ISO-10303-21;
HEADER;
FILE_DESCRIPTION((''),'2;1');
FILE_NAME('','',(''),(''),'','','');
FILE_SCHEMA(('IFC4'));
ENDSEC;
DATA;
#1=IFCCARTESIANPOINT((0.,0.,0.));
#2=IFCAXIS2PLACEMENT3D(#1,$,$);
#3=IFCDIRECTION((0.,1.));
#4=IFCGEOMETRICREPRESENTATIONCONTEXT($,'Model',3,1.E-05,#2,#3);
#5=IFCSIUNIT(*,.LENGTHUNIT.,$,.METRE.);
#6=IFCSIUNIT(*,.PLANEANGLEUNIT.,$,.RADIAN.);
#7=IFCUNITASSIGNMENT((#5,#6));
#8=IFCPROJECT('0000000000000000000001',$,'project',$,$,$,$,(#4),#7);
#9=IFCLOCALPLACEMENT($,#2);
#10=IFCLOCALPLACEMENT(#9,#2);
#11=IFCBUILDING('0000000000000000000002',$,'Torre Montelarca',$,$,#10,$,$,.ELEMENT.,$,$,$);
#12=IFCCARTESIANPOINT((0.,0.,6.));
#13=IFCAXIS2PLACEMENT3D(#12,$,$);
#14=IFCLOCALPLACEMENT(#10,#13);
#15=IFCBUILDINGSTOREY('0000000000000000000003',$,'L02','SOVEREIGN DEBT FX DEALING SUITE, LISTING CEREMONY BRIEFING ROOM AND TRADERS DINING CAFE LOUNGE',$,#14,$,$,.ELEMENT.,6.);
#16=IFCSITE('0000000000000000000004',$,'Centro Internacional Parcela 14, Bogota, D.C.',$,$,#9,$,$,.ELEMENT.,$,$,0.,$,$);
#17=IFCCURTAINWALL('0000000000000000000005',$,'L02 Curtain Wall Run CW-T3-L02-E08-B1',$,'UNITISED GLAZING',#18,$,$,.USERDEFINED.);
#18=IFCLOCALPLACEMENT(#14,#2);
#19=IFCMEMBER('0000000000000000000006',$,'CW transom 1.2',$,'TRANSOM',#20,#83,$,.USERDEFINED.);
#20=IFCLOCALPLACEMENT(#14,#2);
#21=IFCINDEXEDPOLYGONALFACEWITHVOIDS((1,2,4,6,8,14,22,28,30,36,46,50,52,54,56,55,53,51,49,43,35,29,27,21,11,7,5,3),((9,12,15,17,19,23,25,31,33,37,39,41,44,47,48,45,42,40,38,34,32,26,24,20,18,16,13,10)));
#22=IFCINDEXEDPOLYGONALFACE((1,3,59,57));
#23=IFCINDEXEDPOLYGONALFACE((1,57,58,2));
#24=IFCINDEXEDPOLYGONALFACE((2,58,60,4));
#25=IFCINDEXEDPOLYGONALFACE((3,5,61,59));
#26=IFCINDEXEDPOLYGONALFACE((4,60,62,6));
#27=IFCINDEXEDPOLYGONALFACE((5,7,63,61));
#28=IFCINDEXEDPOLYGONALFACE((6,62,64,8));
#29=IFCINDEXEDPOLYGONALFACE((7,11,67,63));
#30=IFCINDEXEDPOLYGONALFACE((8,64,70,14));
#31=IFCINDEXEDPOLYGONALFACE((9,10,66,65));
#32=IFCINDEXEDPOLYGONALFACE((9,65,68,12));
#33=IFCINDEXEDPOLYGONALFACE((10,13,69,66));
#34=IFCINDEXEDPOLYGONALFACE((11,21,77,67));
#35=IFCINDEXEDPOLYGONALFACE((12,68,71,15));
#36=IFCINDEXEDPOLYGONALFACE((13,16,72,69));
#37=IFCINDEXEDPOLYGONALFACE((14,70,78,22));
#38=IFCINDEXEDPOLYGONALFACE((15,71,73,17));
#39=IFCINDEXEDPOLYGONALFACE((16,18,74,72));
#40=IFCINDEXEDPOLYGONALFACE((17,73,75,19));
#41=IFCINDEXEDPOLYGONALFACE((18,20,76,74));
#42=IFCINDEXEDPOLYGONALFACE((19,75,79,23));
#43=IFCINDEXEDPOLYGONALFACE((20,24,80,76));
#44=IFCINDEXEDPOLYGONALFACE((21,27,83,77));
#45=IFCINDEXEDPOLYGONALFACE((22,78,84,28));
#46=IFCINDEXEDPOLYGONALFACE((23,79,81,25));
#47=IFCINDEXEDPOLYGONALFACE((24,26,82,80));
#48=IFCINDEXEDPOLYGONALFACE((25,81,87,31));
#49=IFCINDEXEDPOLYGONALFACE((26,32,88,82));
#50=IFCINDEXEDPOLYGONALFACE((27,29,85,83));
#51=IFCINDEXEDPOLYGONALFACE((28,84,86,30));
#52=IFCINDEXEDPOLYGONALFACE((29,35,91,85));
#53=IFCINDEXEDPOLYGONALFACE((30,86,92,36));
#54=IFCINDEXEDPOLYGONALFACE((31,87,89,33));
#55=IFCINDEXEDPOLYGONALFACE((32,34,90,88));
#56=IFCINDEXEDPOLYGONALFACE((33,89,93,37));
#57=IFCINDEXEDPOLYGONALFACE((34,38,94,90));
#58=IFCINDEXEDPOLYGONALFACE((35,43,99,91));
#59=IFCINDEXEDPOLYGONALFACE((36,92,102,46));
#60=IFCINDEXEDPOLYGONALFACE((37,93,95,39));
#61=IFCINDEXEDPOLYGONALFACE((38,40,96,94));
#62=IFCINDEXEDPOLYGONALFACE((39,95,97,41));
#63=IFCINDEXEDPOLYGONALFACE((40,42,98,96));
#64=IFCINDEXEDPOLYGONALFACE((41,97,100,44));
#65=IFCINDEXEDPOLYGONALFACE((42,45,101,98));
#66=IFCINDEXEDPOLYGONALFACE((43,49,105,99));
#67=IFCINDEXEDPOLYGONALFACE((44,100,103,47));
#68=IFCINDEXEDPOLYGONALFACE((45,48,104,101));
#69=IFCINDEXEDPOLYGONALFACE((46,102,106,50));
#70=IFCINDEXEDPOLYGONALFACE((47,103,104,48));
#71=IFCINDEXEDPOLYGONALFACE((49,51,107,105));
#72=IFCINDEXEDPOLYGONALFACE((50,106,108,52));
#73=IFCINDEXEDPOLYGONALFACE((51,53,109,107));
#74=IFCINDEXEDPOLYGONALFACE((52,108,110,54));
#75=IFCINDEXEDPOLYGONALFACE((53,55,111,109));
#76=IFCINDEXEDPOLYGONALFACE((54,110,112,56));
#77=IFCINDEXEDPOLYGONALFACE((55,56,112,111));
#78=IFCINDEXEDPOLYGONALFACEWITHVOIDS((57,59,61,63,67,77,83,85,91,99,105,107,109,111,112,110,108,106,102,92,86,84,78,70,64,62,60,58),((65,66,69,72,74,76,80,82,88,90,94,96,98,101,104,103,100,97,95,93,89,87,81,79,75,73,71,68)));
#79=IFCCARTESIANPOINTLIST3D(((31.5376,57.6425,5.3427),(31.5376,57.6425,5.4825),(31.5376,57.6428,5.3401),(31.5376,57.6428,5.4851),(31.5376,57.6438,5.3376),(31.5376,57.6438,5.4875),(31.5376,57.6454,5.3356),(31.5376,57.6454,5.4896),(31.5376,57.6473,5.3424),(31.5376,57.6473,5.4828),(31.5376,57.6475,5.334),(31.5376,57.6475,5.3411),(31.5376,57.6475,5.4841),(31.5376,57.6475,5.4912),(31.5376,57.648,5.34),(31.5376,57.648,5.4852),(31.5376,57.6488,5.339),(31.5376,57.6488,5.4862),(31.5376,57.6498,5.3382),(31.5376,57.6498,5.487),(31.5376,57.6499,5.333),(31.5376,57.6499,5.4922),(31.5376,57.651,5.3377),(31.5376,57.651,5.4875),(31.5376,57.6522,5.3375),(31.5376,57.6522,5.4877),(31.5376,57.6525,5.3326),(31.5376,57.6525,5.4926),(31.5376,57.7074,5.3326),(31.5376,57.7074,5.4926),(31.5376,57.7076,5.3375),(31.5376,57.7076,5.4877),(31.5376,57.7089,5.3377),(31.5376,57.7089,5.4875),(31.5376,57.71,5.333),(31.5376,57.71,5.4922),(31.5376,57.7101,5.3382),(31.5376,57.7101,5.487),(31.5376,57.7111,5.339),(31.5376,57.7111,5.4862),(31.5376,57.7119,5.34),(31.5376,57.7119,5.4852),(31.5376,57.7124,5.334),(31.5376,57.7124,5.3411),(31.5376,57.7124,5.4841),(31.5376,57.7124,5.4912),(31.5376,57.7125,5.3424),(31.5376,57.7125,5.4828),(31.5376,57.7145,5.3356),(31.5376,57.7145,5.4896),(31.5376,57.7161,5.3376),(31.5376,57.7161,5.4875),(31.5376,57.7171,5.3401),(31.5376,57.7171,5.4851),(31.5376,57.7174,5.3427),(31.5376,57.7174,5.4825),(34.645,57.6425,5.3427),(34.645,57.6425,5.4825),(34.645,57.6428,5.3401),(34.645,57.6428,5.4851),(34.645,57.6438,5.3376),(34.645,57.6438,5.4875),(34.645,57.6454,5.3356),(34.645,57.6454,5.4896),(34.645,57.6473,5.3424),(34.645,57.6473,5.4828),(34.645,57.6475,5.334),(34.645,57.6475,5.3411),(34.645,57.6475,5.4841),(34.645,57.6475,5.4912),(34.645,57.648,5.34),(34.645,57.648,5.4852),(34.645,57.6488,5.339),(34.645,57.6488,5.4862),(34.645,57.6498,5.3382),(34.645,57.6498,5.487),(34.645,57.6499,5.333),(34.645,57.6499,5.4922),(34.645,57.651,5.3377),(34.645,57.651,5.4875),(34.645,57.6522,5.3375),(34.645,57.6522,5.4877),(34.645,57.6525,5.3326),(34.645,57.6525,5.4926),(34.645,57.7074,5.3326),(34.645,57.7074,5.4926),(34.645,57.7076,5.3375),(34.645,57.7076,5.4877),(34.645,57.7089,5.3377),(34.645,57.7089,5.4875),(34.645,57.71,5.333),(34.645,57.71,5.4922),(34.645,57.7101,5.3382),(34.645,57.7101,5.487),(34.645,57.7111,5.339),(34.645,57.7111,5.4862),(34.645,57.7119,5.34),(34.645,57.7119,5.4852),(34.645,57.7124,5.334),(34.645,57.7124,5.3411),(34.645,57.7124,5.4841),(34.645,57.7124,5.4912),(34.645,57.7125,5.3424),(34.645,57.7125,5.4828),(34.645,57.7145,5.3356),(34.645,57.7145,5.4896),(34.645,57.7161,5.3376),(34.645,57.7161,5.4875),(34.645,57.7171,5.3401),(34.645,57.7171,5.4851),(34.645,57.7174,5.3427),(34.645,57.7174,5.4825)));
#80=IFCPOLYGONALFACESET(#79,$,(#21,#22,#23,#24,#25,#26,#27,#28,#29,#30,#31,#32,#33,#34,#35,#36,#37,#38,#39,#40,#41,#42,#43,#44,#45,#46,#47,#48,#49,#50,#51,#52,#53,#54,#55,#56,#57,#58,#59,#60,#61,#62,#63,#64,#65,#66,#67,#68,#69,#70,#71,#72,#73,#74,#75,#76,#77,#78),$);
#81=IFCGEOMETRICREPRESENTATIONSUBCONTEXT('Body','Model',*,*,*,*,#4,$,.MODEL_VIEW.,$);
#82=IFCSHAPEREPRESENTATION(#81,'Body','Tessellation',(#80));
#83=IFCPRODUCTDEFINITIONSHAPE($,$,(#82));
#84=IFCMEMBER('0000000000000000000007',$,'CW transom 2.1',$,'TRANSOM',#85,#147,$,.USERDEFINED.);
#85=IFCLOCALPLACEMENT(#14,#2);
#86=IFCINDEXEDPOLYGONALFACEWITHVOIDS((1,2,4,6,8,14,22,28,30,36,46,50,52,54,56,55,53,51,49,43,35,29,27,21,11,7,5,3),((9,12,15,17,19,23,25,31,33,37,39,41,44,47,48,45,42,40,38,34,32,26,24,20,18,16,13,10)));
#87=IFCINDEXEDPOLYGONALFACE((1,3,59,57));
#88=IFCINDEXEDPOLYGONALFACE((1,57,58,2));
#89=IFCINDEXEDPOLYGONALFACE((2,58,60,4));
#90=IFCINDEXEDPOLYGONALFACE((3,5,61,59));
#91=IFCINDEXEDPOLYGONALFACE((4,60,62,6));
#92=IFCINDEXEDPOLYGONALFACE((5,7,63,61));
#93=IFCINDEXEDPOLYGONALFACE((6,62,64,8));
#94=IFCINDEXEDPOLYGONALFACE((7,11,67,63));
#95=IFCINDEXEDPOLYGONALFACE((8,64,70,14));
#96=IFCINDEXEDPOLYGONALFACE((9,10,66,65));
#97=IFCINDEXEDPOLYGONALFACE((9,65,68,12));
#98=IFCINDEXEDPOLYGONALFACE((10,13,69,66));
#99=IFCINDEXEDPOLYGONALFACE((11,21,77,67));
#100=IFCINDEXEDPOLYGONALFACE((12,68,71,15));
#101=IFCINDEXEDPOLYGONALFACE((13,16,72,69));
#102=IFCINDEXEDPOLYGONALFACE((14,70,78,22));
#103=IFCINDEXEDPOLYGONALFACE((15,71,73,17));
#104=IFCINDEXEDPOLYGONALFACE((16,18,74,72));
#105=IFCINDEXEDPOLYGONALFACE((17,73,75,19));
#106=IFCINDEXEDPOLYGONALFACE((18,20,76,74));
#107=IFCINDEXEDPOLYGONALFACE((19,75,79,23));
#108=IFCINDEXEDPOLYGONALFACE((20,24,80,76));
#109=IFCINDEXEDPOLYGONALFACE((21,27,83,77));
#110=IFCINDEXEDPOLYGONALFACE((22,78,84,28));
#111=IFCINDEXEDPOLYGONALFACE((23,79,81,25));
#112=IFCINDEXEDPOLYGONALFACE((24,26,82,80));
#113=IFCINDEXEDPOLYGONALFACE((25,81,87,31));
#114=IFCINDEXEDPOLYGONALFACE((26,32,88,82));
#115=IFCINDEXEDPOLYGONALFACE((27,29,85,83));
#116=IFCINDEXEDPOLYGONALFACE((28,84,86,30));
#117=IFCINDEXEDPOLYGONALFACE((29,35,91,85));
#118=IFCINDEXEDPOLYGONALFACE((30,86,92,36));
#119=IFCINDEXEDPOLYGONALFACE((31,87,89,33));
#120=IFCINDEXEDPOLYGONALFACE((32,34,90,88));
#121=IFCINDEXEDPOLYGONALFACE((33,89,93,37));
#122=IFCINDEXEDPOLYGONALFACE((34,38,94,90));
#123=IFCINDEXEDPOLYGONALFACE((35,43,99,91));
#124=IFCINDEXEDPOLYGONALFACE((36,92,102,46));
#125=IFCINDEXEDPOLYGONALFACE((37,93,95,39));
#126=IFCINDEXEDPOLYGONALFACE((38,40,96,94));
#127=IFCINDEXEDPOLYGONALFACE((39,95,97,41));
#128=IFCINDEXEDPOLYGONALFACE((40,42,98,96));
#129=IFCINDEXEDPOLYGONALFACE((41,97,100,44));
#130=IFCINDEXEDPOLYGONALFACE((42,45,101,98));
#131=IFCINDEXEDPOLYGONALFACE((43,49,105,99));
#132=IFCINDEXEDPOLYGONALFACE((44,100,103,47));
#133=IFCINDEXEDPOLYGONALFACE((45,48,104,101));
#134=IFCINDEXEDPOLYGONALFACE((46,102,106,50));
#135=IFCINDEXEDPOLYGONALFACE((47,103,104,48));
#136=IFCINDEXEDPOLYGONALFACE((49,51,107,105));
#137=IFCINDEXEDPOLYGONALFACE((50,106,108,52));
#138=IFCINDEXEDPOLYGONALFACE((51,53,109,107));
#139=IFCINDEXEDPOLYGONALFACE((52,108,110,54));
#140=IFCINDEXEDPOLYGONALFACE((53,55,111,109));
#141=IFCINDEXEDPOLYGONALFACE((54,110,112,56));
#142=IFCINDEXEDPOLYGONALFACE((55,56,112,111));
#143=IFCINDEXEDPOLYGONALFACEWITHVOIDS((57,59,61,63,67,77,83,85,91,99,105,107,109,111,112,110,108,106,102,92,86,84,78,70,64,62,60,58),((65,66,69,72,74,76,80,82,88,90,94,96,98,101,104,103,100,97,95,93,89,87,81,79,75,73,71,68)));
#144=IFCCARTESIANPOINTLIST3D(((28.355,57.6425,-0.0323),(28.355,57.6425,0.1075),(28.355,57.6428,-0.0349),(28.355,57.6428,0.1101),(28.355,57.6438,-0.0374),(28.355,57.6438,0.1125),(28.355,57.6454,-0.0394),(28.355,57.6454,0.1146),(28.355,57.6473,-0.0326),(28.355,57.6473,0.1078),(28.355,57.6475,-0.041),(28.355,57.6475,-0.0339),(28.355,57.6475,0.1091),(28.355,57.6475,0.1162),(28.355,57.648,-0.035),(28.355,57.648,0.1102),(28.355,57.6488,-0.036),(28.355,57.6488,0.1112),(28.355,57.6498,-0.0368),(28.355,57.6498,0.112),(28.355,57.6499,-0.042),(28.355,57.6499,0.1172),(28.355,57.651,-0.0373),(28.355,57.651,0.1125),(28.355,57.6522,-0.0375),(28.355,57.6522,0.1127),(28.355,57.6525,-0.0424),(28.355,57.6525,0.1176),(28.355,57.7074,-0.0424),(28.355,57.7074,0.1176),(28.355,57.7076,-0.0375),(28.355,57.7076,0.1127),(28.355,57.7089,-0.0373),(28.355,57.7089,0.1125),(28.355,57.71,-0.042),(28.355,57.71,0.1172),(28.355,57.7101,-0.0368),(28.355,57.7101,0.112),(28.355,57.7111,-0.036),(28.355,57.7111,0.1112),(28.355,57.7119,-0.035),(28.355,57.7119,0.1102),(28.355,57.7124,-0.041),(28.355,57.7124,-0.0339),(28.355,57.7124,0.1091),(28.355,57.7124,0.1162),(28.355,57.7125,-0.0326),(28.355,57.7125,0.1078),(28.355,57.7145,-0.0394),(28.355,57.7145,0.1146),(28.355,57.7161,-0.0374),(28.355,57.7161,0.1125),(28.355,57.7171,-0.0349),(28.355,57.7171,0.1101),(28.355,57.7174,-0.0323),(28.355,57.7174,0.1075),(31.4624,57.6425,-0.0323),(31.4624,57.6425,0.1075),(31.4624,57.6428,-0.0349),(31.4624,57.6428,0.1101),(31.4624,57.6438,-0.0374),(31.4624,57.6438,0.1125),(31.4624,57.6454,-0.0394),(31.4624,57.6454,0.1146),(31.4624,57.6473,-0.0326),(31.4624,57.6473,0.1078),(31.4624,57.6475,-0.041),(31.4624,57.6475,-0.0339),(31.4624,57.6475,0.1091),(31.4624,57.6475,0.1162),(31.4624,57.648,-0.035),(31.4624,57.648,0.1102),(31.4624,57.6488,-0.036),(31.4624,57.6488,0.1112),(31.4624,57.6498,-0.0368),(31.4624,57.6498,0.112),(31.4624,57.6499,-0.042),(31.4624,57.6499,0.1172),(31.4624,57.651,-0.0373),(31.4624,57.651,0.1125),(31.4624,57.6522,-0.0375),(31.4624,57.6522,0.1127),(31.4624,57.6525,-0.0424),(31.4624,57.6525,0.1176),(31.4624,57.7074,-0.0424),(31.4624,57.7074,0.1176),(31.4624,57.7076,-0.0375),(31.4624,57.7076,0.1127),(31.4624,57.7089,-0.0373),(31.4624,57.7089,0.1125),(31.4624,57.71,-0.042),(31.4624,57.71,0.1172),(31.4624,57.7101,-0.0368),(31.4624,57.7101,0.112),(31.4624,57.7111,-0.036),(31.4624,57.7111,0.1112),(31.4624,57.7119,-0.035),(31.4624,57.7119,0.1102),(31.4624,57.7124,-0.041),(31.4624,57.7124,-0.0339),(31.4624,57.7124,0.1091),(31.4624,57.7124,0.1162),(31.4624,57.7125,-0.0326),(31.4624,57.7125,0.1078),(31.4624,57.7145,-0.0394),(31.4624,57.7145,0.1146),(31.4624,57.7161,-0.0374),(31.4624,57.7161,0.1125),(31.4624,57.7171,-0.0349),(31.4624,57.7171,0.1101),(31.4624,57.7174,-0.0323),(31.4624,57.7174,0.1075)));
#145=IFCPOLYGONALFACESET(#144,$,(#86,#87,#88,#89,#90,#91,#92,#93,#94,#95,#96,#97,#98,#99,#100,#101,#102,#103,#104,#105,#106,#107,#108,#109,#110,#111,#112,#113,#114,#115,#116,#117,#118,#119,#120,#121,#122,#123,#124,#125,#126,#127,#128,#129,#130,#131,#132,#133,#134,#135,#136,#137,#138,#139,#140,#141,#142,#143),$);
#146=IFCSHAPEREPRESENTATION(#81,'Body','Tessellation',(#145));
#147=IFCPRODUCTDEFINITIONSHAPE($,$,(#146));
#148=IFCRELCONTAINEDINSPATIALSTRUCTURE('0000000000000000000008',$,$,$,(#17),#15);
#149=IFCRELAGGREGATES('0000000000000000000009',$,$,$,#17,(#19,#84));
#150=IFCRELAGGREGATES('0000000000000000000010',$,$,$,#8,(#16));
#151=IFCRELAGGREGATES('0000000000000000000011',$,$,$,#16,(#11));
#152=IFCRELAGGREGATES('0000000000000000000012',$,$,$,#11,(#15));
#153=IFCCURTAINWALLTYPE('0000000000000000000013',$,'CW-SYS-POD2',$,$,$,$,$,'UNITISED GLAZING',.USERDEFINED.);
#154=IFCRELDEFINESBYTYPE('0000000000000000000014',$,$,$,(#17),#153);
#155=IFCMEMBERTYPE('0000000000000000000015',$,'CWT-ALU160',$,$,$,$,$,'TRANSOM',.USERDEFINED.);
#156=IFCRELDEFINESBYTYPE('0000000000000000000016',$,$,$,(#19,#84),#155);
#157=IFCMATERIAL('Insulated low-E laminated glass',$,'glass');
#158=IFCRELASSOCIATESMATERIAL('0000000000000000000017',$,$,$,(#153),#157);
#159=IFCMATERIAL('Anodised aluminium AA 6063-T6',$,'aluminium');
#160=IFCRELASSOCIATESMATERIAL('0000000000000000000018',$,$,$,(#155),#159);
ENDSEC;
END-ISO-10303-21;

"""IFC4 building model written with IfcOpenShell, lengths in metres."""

from ifc_helpers import new_model, si_unit, direction, frame, origin, origin_2d, place, context, subcontext, project, spatial, hollow_rectangle, extrude, source, transform, mapped, material, material_profile, profile_set, type_object, element, aggregate, save


model = new_model("IFC4")

# Units and contexts
model_context = context("Model", 3, precision=1e-05, world=origin(), true_north=direction((0.0, 1.0)))
body_context = subcontext(model_context, "Body", "Model", "MODEL_VIEW")
ifc_project = project(units=[si_unit("LENGTHUNIT", "METRE"), si_unit("PLANEANGLEUNIT", "RADIAN")], contexts=[model_context])

# Site, building, storey
site_placement = place(None, origin())
site = spatial("IfcSite", under=ifc_project, at=site_placement, Name="Centro Internacional Parcela 14, Bogota, D.C.", CompositionType="ELEMENT", RefElevation=0.0)
building_placement = place(site_placement, origin())
building = spatial("IfcBuilding", under=site, at=building_placement, Name="Torre Montelarca", CompositionType="ELEMENT")
storey_placement = place(building_placement, frame((0.0, 0.0, 6.0)))
storey = spatial("IfcBuildingStorey", under=building, at=storey_placement, Name="L02", Description="SOVEREIGN DEBT FX DEALING SUITE, LISTING CEREMONY BRIEFING ROOM AND TRADERS DINING CAFE LOUNGE", CompositionType="ELEMENT", Elevation=6.0)

# Curtain wall, members
ifc_material_1 = material(Name="Insulated low-E laminated glass", Category="glass")
curtain_wall_type = type_object("IfcCurtainWallType", Name="CW-SYS-POD2", ElementType="UNITISED GLAZING", PredefinedType="USERDEFINED", material=ifc_material_1)
curtain_wall_placement = place(storey_placement, origin())
curtain_wall = element("IfcCurtainWall", 1, at=curtain_wall_placement, inside=storey, type_object=curtain_wall_type, Name="L02 Curtain Wall Run CW-T3-L02-E08-B1", ObjectType="UNITISED GLAZING", PredefinedType="USERDEFINED")
ifc_material_2 = material(Name="Anodised aluminium AA 6063-T6", Category="aluminium")
ifc_material_profile_1 = material_profile(ifc_material_2, hollow_rectangle(XDim=0.075, YDim=0.1599, WallThickness=0.0049, InnerFilletRadius=0.0049, OuterFilletRadius=0.01, at=origin_2d()), Name="ALU75X160X5", Category="aluminium")
ifc_profile_set_1 = profile_set([ifc_material_profile_1], Name="Anodised aluminium AA 6063-T6")
member_type_1 = type_object("IfcMemberType", Name="CWT-ALU160", ElementType="TRANSOM", PredefinedType="USERDEFINED", material=ifc_profile_set_1)
shared_shape_1 = source(origin(), body_context, "Body", "SweptSolid", [
    extrude(hollow_rectangle(XDim=0.075, YDim=0.1599, WallThickness=0.0049, InnerFilletRadius=0.0049, OuterFilletRadius=0.01, at=origin_2d()), origin(), (0.0, 0.0, 1.0), 3.1074),
])
member_1_placement = place(storey_placement, frame((34.645, 57.6799, 5.4126), z_axis=(-1.0, 0.0, 0.0), x_axis=(0.0, -1.0, 0.0)))
member_1 = element("IfcMember", 2, at=member_1_placement, type_object=member_type_1, Name="CW transom 1.2", ObjectType="TRANSOM", PredefinedType="USERDEFINED", context=body_context, shape_type="MappedRepresentation", body=[
    mapped(shared_shape_1, transform((0.0, 0.0, 0.0), scale=1.0)),
])
member_2_placement = place(storey_placement, frame((31.4624, 57.6799, 0.0376), z_axis=(-1.0, 0.0, 0.0), x_axis=(0.0, -1.0, 0.0)))
member_2 = element("IfcMember", 3, at=member_2_placement, type_object=member_type_1, Name="CW transom 2.1", ObjectType="TRANSOM", PredefinedType="USERDEFINED", context=body_context, shape_type="MappedRepresentation", body=[
    mapped(shared_shape_1, transform((0.0, 0.0, 0.0), scale=1.0)),
])
aggregate(curtain_wall, [member_1, member_2])

save(model, "model.ifc")
